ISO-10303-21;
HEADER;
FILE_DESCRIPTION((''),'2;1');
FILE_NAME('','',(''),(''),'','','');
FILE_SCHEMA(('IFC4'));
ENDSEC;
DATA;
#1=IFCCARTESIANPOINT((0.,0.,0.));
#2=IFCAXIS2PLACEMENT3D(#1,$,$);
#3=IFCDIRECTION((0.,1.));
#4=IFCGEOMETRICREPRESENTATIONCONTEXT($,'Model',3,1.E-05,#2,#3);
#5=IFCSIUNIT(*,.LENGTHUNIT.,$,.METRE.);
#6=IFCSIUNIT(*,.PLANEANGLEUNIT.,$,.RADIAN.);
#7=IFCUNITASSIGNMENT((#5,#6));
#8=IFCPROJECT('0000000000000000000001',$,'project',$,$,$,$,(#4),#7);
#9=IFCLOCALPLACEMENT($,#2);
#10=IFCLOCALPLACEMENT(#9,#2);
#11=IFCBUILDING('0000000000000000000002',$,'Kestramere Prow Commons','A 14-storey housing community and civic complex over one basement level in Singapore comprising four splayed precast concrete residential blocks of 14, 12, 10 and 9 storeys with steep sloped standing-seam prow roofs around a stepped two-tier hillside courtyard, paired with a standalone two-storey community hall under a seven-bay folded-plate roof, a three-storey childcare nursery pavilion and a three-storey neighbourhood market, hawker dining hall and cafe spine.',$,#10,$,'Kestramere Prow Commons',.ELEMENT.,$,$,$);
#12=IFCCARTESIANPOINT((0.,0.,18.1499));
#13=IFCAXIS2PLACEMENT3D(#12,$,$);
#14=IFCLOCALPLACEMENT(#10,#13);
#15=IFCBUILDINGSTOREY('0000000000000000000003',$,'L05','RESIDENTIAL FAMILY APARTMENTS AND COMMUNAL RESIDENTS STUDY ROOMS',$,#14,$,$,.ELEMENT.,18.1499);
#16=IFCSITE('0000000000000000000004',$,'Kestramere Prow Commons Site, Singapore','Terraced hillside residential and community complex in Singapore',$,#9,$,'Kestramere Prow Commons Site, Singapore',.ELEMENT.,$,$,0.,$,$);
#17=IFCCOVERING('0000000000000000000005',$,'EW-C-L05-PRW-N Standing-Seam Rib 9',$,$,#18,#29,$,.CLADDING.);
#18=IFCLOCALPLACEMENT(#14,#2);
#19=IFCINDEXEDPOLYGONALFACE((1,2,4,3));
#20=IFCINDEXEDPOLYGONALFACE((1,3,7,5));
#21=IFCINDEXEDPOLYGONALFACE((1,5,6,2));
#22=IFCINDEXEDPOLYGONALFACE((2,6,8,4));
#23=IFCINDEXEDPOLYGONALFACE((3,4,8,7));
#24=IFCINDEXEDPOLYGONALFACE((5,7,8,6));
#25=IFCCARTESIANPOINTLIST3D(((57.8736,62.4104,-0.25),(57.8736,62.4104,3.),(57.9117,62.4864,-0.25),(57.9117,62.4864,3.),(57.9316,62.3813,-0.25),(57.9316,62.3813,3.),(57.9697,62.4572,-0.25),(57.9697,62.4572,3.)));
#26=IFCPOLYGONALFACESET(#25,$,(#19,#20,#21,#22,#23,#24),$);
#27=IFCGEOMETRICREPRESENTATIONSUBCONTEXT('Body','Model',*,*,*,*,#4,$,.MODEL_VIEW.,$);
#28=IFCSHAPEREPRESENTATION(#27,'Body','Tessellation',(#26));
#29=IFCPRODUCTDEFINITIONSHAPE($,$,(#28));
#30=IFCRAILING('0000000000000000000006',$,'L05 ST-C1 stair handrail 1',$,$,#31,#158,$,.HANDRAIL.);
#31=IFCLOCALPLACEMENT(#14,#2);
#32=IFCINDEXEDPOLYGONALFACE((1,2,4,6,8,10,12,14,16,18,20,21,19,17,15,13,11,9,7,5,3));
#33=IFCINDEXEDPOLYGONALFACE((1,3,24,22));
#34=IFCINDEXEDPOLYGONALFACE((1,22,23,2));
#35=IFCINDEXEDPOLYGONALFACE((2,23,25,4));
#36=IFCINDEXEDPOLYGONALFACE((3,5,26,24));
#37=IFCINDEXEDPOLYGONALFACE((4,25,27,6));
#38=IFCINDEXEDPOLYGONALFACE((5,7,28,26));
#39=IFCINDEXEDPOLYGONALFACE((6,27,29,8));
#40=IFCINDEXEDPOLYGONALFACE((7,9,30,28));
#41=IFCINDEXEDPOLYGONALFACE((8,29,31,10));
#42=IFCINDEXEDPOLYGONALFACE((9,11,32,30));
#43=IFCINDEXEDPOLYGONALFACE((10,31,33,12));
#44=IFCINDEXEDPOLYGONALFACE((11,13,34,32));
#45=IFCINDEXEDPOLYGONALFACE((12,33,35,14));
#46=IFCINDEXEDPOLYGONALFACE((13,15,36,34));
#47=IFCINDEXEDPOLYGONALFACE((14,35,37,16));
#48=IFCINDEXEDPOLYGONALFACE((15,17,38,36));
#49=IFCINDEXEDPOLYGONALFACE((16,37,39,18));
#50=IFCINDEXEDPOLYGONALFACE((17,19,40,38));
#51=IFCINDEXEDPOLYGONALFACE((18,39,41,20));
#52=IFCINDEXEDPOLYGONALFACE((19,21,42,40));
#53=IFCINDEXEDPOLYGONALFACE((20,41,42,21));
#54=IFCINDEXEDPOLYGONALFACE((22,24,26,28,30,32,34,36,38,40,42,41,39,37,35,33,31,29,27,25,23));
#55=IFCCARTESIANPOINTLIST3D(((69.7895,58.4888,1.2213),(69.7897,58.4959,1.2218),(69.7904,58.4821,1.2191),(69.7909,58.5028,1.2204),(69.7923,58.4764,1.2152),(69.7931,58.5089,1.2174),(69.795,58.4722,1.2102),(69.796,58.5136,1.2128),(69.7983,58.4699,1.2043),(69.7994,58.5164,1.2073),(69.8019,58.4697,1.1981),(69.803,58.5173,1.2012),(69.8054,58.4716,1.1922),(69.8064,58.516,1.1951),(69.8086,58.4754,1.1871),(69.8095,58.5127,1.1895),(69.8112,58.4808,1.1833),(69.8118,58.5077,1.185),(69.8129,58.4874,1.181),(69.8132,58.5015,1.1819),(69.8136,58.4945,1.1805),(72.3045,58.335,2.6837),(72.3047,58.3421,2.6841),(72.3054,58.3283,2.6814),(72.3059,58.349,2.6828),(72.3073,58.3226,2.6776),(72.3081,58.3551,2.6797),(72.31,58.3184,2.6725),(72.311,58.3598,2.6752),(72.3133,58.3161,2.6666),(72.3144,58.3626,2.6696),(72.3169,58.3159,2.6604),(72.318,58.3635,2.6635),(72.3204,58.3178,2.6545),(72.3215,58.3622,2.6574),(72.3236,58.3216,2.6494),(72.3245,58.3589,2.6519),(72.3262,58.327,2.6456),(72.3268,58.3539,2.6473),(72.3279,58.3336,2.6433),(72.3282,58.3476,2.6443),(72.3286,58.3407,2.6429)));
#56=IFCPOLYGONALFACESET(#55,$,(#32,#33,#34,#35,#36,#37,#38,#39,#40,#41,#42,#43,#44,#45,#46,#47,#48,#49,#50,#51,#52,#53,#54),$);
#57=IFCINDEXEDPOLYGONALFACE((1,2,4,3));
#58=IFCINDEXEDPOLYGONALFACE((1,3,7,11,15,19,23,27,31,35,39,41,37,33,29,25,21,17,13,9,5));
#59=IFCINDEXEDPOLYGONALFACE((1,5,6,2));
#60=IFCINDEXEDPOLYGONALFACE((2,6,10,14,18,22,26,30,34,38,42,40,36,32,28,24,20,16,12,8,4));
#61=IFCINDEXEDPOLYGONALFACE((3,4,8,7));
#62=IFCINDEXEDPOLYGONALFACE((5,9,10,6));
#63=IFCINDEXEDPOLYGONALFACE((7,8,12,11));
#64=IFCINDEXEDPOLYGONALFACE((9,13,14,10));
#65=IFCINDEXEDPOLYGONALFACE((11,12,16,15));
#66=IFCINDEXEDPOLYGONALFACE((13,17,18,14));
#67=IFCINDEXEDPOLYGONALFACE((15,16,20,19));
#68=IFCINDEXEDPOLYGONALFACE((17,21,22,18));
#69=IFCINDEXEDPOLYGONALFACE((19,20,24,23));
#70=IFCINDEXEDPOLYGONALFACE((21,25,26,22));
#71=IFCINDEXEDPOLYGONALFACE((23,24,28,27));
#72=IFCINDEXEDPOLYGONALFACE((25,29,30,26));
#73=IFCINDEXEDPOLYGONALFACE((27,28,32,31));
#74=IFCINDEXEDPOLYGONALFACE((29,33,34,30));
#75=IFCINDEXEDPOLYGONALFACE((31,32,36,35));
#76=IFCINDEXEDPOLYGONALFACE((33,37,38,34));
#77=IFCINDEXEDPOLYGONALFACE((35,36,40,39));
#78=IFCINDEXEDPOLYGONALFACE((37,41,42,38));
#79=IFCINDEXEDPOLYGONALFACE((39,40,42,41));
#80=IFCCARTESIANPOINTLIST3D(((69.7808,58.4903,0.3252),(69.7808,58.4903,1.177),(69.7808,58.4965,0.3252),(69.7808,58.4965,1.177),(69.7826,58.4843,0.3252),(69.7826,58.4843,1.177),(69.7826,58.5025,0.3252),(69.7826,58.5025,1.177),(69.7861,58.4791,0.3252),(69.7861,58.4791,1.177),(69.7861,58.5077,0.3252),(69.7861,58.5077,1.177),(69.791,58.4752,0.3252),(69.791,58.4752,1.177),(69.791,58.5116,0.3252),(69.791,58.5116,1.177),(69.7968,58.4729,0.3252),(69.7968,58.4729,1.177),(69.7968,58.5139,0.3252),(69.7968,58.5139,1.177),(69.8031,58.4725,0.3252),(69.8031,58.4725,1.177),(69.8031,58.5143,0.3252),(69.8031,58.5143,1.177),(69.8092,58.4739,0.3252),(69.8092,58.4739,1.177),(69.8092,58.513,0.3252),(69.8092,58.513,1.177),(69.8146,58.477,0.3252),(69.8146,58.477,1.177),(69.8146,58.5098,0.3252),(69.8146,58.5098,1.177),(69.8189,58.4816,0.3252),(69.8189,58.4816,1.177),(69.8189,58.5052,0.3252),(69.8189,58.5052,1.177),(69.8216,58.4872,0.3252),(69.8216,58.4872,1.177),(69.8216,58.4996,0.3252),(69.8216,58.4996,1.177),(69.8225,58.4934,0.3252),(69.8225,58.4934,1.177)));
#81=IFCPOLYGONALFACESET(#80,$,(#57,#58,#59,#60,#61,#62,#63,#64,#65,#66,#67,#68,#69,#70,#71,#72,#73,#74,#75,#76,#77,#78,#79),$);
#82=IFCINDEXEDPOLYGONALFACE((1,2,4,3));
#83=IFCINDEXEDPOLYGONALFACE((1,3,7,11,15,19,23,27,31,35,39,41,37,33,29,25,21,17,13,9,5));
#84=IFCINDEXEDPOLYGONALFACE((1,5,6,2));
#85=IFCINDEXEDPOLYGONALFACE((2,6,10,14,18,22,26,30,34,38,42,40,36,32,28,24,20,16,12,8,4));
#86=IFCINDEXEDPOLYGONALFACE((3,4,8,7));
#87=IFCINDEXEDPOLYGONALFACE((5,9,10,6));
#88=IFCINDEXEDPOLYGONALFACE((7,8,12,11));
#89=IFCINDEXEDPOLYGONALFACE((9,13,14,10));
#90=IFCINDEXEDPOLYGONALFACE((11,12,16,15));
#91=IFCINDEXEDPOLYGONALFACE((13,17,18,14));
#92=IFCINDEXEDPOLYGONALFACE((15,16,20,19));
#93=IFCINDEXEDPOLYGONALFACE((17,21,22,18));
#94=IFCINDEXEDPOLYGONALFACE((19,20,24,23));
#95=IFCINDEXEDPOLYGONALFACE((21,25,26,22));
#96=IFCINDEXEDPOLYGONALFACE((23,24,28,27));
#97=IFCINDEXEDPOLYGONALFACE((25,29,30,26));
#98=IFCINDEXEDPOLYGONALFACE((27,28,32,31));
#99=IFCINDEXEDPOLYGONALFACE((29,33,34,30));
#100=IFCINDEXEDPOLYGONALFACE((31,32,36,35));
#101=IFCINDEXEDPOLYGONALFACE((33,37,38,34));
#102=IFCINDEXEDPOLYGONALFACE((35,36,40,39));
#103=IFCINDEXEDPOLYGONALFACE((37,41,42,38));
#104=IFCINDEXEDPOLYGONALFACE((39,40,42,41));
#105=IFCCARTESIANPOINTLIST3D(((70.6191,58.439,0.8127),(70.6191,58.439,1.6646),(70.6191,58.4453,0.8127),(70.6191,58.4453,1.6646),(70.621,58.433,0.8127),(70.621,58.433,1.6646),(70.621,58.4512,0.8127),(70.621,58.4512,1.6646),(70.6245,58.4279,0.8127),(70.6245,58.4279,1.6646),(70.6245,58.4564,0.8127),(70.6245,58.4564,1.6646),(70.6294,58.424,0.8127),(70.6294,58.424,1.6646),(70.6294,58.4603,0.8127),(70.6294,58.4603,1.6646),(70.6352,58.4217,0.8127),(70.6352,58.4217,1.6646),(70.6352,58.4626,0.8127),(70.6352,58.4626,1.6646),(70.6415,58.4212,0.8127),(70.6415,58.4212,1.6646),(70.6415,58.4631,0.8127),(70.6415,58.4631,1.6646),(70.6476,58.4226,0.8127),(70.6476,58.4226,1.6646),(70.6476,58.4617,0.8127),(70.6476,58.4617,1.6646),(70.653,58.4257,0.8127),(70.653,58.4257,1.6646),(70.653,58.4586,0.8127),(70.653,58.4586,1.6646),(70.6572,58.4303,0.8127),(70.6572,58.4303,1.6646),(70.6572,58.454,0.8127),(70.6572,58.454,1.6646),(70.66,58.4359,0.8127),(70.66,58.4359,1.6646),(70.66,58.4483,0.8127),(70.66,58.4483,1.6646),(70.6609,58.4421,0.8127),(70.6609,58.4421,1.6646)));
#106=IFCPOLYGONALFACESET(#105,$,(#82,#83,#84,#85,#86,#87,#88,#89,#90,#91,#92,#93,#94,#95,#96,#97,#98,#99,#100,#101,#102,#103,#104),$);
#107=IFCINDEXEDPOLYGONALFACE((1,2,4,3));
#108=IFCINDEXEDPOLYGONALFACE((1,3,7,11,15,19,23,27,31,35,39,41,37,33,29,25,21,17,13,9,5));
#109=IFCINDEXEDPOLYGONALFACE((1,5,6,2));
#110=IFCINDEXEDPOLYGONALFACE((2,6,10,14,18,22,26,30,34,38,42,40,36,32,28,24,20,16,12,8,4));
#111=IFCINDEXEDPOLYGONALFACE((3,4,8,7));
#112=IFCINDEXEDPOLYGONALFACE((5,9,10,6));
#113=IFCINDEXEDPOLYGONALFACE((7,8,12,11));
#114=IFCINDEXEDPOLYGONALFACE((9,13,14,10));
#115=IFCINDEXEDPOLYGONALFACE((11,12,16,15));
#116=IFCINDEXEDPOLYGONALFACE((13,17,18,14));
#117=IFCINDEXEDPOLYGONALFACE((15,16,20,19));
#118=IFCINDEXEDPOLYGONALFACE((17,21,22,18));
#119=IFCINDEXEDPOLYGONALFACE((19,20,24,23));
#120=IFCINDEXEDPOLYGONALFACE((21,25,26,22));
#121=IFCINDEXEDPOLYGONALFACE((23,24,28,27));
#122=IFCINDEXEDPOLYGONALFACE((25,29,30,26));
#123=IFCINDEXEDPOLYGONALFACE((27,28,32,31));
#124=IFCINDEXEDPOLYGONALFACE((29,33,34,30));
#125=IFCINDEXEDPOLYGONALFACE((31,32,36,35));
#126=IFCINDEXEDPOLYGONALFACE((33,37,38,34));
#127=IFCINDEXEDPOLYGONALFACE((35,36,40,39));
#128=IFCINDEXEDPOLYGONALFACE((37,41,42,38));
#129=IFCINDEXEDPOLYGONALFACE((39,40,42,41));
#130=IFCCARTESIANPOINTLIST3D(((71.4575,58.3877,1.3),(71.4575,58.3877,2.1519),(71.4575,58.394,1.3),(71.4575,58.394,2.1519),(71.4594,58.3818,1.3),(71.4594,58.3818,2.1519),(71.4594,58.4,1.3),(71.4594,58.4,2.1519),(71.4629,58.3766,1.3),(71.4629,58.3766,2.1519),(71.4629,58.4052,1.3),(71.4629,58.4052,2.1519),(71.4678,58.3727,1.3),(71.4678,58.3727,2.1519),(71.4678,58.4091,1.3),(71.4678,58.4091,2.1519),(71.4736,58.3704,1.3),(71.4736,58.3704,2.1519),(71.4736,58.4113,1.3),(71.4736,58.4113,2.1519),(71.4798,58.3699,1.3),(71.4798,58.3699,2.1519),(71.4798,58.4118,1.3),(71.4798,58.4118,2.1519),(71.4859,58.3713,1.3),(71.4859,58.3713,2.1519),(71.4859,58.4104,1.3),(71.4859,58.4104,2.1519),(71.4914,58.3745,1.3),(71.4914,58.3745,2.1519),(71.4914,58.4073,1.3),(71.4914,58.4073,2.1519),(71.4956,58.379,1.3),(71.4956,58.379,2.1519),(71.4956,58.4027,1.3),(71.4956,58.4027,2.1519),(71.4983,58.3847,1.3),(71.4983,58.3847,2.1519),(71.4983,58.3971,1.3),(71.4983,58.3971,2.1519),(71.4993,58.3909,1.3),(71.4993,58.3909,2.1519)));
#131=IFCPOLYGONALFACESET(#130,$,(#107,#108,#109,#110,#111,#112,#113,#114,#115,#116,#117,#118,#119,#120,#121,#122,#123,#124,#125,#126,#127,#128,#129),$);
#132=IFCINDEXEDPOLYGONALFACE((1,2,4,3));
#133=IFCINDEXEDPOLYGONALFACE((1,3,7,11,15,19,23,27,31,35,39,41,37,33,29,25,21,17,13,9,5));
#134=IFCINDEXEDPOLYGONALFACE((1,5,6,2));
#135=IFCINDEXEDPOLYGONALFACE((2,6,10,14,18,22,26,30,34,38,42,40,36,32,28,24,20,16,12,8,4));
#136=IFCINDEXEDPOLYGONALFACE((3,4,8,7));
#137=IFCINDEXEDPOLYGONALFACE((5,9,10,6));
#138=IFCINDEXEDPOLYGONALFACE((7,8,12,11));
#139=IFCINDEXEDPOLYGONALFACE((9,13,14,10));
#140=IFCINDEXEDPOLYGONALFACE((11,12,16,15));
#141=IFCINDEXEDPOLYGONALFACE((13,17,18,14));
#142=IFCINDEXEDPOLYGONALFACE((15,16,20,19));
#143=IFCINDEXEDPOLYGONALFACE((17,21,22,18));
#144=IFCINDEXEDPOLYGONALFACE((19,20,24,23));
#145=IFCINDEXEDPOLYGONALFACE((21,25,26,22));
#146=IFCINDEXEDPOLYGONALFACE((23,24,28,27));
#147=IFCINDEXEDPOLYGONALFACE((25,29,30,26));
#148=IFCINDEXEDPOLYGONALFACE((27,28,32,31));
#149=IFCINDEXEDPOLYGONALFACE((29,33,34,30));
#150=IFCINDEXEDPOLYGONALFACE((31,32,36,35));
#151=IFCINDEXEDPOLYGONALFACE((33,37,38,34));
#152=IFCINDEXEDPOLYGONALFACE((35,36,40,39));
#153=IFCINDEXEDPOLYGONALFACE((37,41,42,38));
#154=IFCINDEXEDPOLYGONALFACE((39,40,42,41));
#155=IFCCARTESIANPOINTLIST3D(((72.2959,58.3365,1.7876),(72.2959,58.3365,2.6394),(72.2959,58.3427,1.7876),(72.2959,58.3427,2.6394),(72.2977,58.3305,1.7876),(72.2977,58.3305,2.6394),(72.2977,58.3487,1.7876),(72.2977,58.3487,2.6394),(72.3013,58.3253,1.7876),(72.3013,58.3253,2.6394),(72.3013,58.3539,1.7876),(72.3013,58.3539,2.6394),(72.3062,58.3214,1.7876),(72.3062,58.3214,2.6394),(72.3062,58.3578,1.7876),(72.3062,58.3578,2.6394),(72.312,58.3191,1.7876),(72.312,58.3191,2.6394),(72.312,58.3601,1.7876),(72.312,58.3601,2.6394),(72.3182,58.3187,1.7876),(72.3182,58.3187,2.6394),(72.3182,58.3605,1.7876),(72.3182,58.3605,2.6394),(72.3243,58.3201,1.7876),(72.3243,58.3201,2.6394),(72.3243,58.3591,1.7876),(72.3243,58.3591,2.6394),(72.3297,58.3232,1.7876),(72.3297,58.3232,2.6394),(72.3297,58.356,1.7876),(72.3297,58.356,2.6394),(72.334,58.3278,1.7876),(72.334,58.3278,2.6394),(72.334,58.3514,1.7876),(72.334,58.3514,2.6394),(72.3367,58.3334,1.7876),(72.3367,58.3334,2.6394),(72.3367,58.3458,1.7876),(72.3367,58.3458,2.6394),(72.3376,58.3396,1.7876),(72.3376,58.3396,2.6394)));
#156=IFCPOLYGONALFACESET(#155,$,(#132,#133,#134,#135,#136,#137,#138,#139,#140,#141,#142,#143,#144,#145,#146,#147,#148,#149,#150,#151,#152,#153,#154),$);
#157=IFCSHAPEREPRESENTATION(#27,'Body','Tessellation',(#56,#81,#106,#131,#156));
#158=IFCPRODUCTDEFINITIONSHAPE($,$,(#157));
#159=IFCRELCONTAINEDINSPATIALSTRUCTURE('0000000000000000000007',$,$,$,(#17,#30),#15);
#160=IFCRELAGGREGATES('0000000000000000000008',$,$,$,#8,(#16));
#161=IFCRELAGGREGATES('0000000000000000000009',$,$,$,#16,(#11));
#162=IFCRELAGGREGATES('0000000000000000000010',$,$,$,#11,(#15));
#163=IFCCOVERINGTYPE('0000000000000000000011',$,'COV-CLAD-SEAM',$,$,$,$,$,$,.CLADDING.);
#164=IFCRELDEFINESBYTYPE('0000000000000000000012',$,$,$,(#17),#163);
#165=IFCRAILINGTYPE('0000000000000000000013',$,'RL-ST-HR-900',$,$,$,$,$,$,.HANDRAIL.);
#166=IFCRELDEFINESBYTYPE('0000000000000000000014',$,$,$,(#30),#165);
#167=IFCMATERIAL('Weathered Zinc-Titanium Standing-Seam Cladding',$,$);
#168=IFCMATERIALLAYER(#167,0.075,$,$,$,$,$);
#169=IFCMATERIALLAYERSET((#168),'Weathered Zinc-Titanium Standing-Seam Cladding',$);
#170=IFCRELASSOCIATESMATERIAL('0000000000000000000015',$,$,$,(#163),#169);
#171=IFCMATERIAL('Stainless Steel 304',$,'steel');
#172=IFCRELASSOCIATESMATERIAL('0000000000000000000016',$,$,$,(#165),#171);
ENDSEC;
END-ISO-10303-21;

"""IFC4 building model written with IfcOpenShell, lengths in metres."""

from ifc_helpers import new_model, si_unit, direction, frame, origin, origin_2d, place, context, subcontext, project, spatial, rectangle, circle, extrude, material, layer, layer_set, type_object, element, save


model = new_model("IFC4")

# Units and contexts
model_context = context("Model", 3, precision=1e-05, world=origin(), true_north=direction((0.0, 1.0)))
body_context = subcontext(model_context, "Body", "Model", "MODEL_VIEW")
ifc_project = project(units=[si_unit("LENGTHUNIT", "METRE"), si_unit("PLANEANGLEUNIT", "RADIAN")], contexts=[model_context])

# Site, building, storey
site_placement = place(None, origin())
site = spatial("IfcSite", under=ifc_project, at=site_placement, Name="Kestramere Prow Commons Site, Singapore", Description="Terraced hillside residential and community complex in Singapore", LongName="Kestramere Prow Commons Site, Singapore", CompositionType="ELEMENT", RefElevation=0.0)
building_placement = place(site_placement, origin())
building = spatial("IfcBuilding", under=site, at=building_placement, Name="Kestramere Prow Commons", Description="A 14-storey housing community and civic complex over one basement level in Singapore comprising four splayed precast concrete residential blocks of 14, 12, 10 and 9 storeys with steep sloped standing-seam prow roofs around a stepped two-tier hillside courtyard, paired with a standalone two-storey community hall under a seven-bay folded-plate roof, a three-storey childcare nursery pavilion and a three-storey neighbourhood market, hawker dining hall and cafe spine.", LongName="Kestramere Prow Commons", CompositionType="ELEMENT")
storey_placement = place(building_placement, frame((0.0, 0.0, 18.1499)))
storey = spatial("IfcBuildingStorey", under=building, at=storey_placement, Name="L05", Description="RESIDENTIAL FAMILY APARTMENTS AND COMMUNAL RESIDENTS STUDY ROOMS", CompositionType="ELEMENT", Elevation=18.1499)

# Covering
ifc_material_1 = material(Name="Weathered Zinc-Titanium Standing-Seam Cladding")
ifc_layer_1 = layer(ifc_material_1, 0.075)
ifc_layer_set_1 = layer_set([ifc_layer_1], Name="Weathered Zinc-Titanium Standing-Seam Cladding")
covering_type = type_object("IfcCoveringType", Name="COV-CLAD-SEAM", PredefinedType="CLADDING", material=ifc_layer_set_1)
for number, where, z_axis, x_axis, name in (
    (1, (57.9216, 62.4338, -0.25), (0.0, 0.0, 1.0), (0.44862, 0.893722, 0.0), "EW-C-L05-PRW-N Standing-Seam Rib 9"),
):
    element("IfcCovering", number, at=place(storey_placement, frame(where, z_axis=z_axis, x_axis=x_axis)), inside=storey, type_object=covering_type, Name=name, PredefinedType="CLADDING", context=body_context, shape_type="SweptSolid", body=[
        extrude(rectangle(XDim=0.085, YDim=0.0649, at=origin_2d()), origin(), (0.0, 0.0, 1.0), 3.25),
    ])

# Railing
ifc_material_2 = material(Name="Stainless Steel 304", Category="steel")
railing_type = type_object("IfcRailingType", Name="RL-ST-HR-900", PredefinedType="HANDRAIL", material=ifc_material_2)
railing_placement = place(storey_placement, frame((69.8015, 58.4934, 0.3252)))
element("IfcRailing", 2, at=railing_placement, inside=storey, type_object=railing_type, Name="L05 ST-C1 stair handrail 1", PredefinedType="HANDRAIL", context=body_context, shape_type="SweptSolid", body=[
    extrude(circle(Radius=0.0239, at=origin_2d()), frame((0.0, 0.0, 0.876), z_axis=(0.863285, -0.052793, 0.501949), x_axis=(0.061039, 0.998135, 0.0)), (0.0, 0.0, 1.0), 2.9133),
    extrude(circle(Radius=0.021, at=origin_2d()), origin(), (0.0, 0.0, 1.0), 0.8518),
    extrude(circle(Radius=0.021, at=origin_2d()), frame((0.8384, -0.0513, 0.4875)), (0.0, 0.0, 1.0), 0.8518),
    extrude(circle(Radius=0.021, at=origin_2d()), frame((1.6768, -0.1025, 0.9749)), (0.0, 0.0, 1.0), 0.8518),
    extrude(circle(Radius=0.021, at=origin_2d()), frame((2.5151, -0.1538, 1.4624)), (0.0, 0.0, 1.0), 0.8518),
])

save(model, "model.ifc")
